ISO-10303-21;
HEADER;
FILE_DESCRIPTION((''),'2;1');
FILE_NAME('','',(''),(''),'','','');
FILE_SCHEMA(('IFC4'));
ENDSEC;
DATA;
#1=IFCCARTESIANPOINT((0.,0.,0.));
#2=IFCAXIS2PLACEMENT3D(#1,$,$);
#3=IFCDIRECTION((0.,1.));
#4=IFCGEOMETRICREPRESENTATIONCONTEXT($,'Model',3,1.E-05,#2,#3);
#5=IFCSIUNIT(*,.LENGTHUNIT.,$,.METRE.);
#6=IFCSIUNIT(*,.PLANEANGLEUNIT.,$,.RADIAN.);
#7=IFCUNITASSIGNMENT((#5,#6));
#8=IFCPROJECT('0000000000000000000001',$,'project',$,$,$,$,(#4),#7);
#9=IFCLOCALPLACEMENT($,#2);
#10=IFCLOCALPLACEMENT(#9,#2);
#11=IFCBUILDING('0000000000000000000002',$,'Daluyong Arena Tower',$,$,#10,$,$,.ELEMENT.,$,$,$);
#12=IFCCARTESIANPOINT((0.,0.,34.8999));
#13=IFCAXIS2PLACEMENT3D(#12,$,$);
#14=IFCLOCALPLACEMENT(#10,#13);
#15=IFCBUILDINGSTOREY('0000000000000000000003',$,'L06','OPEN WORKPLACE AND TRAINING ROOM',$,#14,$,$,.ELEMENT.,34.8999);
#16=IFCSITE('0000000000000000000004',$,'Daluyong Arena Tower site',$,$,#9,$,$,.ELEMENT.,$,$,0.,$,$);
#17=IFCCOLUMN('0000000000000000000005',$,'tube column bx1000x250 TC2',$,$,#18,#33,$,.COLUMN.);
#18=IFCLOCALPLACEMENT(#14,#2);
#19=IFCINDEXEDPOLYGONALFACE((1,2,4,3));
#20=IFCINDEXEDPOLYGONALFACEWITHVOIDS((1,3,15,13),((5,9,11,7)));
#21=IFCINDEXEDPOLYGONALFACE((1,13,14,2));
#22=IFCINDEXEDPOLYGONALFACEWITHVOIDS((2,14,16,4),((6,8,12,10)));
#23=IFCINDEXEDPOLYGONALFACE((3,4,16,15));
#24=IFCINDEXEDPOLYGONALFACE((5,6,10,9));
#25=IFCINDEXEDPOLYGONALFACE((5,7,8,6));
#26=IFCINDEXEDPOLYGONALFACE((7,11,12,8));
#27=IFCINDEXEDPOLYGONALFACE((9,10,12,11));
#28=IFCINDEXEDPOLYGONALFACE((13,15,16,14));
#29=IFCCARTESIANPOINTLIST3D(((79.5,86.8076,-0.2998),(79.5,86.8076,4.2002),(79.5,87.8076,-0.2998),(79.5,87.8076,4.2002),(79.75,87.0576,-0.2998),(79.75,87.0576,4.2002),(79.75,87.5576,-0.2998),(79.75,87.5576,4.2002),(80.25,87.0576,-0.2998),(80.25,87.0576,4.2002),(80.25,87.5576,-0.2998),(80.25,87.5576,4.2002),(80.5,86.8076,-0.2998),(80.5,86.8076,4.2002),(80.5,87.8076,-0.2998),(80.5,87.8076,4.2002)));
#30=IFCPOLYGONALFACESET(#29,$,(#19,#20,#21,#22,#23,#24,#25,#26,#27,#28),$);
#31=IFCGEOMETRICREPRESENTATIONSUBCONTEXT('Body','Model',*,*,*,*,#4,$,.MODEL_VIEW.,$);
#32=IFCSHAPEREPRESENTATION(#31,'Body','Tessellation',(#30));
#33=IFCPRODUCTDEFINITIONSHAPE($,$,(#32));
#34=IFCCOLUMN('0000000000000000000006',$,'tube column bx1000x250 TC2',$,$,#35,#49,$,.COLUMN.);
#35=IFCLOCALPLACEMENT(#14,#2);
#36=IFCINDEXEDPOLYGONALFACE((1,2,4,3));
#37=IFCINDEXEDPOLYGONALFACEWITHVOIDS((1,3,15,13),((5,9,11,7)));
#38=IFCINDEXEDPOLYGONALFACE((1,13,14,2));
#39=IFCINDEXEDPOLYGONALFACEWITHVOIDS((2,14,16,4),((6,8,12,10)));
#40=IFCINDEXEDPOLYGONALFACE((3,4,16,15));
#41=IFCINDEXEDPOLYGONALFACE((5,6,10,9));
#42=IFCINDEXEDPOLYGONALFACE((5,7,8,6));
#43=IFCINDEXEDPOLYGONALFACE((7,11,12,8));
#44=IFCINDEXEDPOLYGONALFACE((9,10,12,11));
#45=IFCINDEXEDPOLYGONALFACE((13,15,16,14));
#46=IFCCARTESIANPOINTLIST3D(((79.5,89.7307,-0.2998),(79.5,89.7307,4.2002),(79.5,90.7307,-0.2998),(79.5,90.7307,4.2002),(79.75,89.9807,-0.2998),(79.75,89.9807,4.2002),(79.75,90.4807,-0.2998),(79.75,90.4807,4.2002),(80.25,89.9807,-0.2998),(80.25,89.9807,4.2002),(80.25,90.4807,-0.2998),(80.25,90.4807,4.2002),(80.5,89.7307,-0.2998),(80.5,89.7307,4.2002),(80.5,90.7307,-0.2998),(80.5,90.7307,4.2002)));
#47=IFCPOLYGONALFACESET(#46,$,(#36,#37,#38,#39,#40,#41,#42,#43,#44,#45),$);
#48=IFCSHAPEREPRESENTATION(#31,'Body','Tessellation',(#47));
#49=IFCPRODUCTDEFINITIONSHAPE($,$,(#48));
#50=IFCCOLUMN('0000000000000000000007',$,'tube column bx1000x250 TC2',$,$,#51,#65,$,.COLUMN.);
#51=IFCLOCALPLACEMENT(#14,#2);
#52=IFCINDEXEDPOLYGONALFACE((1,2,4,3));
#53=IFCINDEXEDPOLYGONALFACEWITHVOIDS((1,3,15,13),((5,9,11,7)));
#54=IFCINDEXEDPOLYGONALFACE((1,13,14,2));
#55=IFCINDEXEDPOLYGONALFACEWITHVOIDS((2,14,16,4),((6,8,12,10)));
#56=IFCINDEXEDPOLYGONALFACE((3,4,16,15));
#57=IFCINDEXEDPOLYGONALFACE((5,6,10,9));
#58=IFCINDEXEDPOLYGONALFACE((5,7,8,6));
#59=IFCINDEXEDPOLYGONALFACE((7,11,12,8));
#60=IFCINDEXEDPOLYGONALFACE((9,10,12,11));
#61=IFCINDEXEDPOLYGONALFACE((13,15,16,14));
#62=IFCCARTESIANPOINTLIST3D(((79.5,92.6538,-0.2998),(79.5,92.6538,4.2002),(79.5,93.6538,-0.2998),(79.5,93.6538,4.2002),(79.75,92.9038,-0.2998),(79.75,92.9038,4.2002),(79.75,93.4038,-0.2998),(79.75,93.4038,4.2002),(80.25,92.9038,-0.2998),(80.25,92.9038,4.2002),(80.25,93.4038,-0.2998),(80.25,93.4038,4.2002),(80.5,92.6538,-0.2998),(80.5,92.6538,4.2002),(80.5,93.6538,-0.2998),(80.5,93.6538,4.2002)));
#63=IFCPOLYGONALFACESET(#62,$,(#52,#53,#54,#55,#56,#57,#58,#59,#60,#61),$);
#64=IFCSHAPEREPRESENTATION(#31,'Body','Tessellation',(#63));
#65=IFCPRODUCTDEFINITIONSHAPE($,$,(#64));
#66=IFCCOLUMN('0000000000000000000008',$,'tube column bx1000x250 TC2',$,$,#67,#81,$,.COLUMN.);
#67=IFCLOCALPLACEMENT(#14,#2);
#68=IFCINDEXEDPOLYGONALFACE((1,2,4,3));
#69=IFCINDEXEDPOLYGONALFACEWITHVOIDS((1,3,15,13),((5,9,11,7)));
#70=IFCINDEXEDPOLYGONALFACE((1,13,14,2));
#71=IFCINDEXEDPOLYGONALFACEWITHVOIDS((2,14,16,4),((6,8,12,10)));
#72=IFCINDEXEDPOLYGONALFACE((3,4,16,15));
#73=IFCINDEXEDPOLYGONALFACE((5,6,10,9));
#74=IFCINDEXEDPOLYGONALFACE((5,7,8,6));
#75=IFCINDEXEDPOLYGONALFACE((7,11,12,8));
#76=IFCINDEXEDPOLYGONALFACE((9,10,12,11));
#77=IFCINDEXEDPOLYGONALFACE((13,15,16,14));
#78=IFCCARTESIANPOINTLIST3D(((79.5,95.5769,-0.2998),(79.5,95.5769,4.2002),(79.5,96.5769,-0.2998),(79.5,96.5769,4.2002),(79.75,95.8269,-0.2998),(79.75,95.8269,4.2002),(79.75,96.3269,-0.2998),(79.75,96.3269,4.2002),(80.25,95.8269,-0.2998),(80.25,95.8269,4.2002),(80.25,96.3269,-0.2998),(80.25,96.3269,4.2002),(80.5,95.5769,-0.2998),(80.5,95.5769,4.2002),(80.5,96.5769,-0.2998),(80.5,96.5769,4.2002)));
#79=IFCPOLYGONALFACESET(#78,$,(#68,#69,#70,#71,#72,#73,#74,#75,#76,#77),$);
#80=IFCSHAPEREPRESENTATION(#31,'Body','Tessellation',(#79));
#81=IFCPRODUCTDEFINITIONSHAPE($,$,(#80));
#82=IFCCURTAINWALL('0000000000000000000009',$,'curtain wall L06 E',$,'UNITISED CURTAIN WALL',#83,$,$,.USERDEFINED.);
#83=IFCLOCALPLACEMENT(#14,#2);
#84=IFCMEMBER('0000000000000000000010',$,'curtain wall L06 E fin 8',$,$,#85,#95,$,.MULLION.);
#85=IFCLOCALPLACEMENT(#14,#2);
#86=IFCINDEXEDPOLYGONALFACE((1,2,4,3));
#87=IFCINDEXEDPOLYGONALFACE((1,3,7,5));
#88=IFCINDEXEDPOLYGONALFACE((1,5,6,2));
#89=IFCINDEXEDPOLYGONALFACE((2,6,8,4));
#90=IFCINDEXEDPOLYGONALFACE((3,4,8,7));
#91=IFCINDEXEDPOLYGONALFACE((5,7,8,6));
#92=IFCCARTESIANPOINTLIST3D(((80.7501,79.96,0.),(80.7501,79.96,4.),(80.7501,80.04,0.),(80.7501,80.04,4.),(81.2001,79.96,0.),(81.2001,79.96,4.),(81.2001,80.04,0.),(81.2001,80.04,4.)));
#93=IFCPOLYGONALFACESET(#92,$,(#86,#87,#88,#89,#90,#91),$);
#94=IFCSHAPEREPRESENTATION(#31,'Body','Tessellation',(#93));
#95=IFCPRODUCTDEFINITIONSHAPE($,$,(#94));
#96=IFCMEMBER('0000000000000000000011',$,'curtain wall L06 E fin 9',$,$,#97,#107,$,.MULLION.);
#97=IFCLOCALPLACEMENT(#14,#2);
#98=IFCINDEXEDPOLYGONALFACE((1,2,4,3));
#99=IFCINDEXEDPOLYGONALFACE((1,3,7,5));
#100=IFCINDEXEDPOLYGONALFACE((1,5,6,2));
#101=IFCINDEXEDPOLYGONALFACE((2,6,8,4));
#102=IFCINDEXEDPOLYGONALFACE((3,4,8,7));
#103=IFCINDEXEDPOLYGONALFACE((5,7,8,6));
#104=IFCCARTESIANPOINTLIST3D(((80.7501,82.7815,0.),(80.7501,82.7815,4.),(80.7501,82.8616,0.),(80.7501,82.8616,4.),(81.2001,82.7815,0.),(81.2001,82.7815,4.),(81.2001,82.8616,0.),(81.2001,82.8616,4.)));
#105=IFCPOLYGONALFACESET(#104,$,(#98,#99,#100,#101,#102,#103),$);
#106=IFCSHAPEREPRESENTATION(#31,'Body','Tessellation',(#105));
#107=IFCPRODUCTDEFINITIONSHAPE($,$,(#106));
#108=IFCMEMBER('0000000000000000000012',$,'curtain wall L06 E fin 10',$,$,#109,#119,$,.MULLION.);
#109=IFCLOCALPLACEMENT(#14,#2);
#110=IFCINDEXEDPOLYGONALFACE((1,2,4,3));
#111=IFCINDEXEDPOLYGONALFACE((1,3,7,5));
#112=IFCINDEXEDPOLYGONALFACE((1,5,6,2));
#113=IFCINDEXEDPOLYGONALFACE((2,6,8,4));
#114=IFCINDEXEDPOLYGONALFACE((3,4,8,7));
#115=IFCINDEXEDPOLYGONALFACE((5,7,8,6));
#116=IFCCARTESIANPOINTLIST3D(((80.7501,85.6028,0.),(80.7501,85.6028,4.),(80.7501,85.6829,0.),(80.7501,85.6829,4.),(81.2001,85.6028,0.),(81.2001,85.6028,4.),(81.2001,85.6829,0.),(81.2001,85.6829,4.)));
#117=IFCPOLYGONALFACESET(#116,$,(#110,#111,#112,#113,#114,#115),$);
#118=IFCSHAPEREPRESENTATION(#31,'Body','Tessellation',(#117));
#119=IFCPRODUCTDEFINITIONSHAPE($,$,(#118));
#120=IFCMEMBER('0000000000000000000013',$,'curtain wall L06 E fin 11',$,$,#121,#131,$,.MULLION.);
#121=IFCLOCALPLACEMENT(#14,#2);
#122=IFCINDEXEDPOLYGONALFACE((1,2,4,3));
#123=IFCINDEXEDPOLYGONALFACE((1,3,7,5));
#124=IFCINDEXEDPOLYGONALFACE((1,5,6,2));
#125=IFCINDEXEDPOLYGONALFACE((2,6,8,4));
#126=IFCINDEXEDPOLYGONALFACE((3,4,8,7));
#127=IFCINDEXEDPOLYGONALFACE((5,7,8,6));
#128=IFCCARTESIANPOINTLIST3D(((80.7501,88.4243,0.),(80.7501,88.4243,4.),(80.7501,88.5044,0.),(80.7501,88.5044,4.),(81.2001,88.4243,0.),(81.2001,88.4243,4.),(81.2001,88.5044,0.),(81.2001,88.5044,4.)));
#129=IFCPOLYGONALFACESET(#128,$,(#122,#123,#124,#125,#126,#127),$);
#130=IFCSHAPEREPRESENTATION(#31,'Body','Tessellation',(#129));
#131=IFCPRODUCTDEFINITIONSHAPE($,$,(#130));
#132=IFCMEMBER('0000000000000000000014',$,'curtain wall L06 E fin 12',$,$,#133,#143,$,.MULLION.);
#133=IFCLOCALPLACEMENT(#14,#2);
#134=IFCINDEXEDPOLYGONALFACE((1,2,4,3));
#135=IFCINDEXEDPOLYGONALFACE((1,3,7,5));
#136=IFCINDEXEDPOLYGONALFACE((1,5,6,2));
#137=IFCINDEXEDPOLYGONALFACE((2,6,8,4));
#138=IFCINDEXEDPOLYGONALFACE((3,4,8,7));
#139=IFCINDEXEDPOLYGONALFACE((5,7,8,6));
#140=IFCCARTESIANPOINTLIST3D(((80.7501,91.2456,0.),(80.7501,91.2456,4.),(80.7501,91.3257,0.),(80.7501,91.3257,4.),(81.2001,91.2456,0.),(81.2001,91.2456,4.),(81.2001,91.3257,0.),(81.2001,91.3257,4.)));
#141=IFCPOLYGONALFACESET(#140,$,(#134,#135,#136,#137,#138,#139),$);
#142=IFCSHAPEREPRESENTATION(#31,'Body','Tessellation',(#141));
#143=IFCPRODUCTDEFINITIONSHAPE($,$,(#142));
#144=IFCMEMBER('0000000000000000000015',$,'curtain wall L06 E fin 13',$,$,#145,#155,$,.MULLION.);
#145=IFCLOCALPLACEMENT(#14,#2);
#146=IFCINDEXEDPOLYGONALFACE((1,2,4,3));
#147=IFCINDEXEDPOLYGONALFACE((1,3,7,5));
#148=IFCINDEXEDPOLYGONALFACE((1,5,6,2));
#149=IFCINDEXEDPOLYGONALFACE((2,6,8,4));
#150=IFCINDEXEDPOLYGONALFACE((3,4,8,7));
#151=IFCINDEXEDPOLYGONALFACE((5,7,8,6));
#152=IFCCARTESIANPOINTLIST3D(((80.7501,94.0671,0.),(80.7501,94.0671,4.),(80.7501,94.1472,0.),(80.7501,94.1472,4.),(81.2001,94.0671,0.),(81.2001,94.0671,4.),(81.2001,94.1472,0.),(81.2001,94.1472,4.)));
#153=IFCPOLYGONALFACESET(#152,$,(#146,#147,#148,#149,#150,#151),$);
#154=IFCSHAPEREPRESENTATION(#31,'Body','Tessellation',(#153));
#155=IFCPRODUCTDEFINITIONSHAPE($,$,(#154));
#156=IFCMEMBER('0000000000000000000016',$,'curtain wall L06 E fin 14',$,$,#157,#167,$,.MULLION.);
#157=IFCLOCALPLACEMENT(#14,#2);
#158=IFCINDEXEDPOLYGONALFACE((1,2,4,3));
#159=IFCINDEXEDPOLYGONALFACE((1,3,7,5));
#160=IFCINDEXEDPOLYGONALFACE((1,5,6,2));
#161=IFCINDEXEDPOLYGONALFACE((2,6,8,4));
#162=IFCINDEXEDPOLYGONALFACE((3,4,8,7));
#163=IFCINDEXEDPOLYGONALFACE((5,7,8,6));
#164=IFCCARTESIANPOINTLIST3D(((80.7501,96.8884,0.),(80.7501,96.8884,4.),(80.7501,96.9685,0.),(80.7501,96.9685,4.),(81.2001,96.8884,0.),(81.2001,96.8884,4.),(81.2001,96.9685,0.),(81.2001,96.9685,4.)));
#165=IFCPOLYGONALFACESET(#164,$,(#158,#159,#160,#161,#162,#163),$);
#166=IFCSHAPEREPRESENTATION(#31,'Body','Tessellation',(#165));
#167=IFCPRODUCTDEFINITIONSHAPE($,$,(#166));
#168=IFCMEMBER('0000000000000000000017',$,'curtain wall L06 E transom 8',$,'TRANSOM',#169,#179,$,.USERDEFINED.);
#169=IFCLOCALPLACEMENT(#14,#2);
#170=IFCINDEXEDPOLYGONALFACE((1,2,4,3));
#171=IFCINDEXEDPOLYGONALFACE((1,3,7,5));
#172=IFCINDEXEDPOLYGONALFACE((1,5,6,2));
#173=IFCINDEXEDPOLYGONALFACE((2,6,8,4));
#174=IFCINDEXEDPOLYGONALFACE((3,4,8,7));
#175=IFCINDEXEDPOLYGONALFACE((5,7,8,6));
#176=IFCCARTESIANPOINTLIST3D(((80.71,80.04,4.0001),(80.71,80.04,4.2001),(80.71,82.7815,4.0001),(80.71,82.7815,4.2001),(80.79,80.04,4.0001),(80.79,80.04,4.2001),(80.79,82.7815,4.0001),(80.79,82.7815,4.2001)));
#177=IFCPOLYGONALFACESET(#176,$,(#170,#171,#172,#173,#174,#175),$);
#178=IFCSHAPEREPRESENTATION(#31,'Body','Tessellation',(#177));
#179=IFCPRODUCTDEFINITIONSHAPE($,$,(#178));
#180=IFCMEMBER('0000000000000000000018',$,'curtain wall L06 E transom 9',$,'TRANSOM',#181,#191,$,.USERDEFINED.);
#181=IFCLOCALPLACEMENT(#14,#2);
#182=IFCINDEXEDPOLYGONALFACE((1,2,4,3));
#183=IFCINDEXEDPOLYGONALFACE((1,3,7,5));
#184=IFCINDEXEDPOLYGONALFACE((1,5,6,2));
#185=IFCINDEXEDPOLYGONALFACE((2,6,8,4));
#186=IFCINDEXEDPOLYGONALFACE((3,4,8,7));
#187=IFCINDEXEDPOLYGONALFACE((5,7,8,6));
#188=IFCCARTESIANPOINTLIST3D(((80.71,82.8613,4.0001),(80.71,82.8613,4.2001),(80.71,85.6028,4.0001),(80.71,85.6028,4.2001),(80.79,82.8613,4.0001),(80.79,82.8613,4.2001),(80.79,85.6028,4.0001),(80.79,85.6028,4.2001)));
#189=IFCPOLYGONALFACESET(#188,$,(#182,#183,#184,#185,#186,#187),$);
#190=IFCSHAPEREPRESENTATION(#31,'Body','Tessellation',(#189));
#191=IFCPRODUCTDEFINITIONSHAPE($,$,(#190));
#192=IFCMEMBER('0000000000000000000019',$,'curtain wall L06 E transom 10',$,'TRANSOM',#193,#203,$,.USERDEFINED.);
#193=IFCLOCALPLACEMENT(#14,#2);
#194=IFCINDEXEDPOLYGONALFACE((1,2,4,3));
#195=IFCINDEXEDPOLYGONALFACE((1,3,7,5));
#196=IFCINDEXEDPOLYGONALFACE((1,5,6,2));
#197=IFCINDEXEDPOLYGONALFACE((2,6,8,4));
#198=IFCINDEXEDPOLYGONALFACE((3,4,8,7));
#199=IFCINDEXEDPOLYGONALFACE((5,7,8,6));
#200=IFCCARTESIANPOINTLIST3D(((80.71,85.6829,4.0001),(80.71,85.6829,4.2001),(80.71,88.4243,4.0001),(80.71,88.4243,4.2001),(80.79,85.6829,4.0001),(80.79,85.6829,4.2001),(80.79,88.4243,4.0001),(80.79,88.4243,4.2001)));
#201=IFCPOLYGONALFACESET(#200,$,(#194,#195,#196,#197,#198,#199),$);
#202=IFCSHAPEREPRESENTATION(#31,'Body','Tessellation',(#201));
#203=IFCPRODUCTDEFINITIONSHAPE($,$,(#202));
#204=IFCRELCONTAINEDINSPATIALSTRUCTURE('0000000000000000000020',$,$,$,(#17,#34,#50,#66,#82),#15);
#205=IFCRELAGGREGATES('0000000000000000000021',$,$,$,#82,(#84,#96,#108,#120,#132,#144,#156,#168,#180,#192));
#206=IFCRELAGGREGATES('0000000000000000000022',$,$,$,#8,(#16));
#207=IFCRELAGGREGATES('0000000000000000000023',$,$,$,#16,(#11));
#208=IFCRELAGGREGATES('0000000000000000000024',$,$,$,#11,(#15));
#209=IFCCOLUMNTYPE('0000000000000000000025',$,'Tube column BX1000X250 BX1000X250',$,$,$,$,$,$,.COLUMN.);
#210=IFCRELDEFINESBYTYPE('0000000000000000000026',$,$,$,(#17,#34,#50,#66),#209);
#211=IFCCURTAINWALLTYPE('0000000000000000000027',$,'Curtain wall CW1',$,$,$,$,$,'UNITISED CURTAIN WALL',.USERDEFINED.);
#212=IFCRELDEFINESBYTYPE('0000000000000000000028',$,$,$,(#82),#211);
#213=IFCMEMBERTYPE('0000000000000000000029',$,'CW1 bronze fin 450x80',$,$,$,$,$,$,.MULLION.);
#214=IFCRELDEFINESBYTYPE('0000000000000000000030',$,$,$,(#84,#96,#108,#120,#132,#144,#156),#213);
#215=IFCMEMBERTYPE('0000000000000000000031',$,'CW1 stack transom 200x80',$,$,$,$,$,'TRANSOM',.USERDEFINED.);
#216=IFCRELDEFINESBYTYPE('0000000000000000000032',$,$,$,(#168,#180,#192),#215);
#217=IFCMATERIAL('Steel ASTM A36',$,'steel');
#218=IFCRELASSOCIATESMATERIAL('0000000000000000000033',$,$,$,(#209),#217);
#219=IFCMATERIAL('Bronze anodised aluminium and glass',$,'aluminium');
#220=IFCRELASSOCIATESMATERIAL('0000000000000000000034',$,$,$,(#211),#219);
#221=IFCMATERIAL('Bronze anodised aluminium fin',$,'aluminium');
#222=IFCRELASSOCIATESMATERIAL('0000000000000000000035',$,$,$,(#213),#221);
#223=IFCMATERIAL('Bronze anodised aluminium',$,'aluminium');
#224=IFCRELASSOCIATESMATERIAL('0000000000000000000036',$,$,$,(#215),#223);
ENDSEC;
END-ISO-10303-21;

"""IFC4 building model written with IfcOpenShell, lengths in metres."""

from ifc_helpers import new_model, si_unit, direction, frame, origin, origin_2d, place, context, subcontext, project, spatial, rectangle, hollow_rectangle, extrude, material, material_profile, profile_set, type_object, element, aggregate, save


model = new_model("IFC4")

# Units and contexts
model_context = context("Model", 3, precision=1e-05, world=origin(), true_north=direction((0.0, 1.0)))
body_context = subcontext(model_context, "Body", "Model", "MODEL_VIEW")
ifc_project = project(units=[si_unit("LENGTHUNIT", "METRE"), si_unit("PLANEANGLEUNIT", "RADIAN")], contexts=[model_context])

# Site, building, storey
site_placement = place(None, origin())
site = spatial("IfcSite", under=ifc_project, at=site_placement, Name="Daluyong Arena Tower site", CompositionType="ELEMENT", RefElevation=0.0)
building_placement = place(site_placement, origin())
building = spatial("IfcBuilding", under=site, at=building_placement, Name="Daluyong Arena Tower", CompositionType="ELEMENT")
storey_placement = place(building_placement, frame((0.0, 0.0, 34.8999)))
storey = spatial("IfcBuildingStorey", under=building, at=storey_placement, Name="L06", Description="OPEN WORKPLACE AND TRAINING ROOM", CompositionType="ELEMENT", Elevation=34.8999)

# Columns
ifc_material_1 = material(Name="Steel ASTM A36", Category="steel")
ifc_material_profile_1 = material_profile(ifc_material_1, hollow_rectangle(XDim=1.0, YDim=1.0, WallThickness=0.25, at=origin_2d()))
ifc_profile_set_1 = profile_set([ifc_material_profile_1], Name="Steel ASTM A36")
column_type = type_object("IfcColumnType", Name="Tube column BX1000X250 BX1000X250", PredefinedType="COLUMN", material=ifc_profile_set_1)
for number, where, z_axis, x_axis, name in (
    (1, (80.0, 87.3076, -0.2998), (0.0, 0.0, 1.0), (0.0, 1.0, 0.0), "tube column bx1000x250 TC2"),
    (2, (80.0, 90.2307, -0.2998), (0.0, 0.0, 1.0), (0.0, 1.0, 0.0), "tube column bx1000x250 TC2"),
    (3, (80.0, 93.1538, -0.2998), (0.0, 0.0, 1.0), (0.0, 1.0, 0.0), "tube column bx1000x250 TC2"),
    (4, (80.0, 96.0769, -0.2998), (0.0, 0.0, 1.0), (0.0, 1.0, 0.0), "tube column bx1000x250 TC2"),
):
    element("IfcColumn", number, at=place(storey_placement, frame(where, z_axis=z_axis, x_axis=x_axis)), inside=storey, type_object=column_type, Name=name, PredefinedType="COLUMN", context=body_context, shape_type="SweptSolid", body=[
        extrude(hollow_rectangle(XDim=1.0, YDim=1.0, WallThickness=0.25, at=origin_2d()), origin(), (0.0, 0.0, 1.0), 4.5),
    ])

# Curtain wall, members
ifc_material_2 = material(Name="Bronze anodised aluminium and glass", Category="aluminium")
curtain_wall_type = type_object("IfcCurtainWallType", Name="Curtain wall CW1", ElementType="UNITISED CURTAIN WALL", PredefinedType="USERDEFINED", material=ifc_material_2)
curtain_wall_placement = place(storey_placement, origin())
curtain_wall = element("IfcCurtainWall", 5, at=curtain_wall_placement, inside=storey, type_object=curtain_wall_type, Name="curtain wall L06 E", ObjectType="UNITISED CURTAIN WALL", PredefinedType="USERDEFINED")
ifc_material_3 = material(Name="Bronze anodised aluminium fin", Category="aluminium")
ifc_material_profile_2 = material_profile(ifc_material_3, rectangle(XDim=0.45, YDim=0.0801, at=origin_2d()))
ifc_profile_set_2 = profile_set([ifc_material_profile_2], Name="Bronze anodised aluminium fin")
member_type_1 = type_object("IfcMemberType", Name="CW1 bronze fin 450x80", PredefinedType="MULLION", material=ifc_profile_set_2)
member_1_placement = place(storey_placement, frame((80.9751, 80.0, 0.0), z_axis=(0.0, 0.0, 1.0), x_axis=(-1.0, 0.0, 0.0)))
member_1 = element("IfcMember", 6, at=member_1_placement, type_object=member_type_1, Name="curtain wall L06 E fin 8", PredefinedType="MULLION", context=body_context, shape_type="SweptSolid", body=[
    extrude(rectangle(XDim=0.45, YDim=0.0801, at=origin_2d()), origin(), (0.0, 0.0, 1.0), 4.0),
])
member_2_placement = place(storey_placement, frame((80.9751, 82.8215, 0.0), z_axis=(0.0, 0.0, 1.0), x_axis=(-1.0, 0.0, 0.0)))
member_2 = element("IfcMember", 7, at=member_2_placement, type_object=member_type_1, Name="curtain wall L06 E fin 9", PredefinedType="MULLION", context=body_context, shape_type="SweptSolid", body=[
    extrude(rectangle(XDim=0.45, YDim=0.0801, at=origin_2d()), origin(), (0.0, 0.0, 1.0), 4.0),
])
member_3_placement = place(storey_placement, frame((80.9751, 85.6428, 0.0), z_axis=(0.0, 0.0, 1.0), x_axis=(-1.0, 0.0, 0.0)))
member_3 = element("IfcMember", 8, at=member_3_placement, type_object=member_type_1, Name="curtain wall L06 E fin 10", PredefinedType="MULLION", context=body_context, shape_type="SweptSolid", body=[
    extrude(rectangle(XDim=0.45, YDim=0.0801, at=origin_2d()), origin(), (0.0, 0.0, 1.0), 4.0),
])
member_4_placement = place(storey_placement, frame((80.9751, 88.4644, 0.0), z_axis=(0.0, 0.0, 1.0), x_axis=(-1.0, 0.0, 0.0)))
member_4 = element("IfcMember", 9, at=member_4_placement, type_object=member_type_1, Name="curtain wall L06 E fin 11", PredefinedType="MULLION", context=body_context, shape_type="SweptSolid", body=[
    extrude(rectangle(XDim=0.45, YDim=0.0801, at=origin_2d()), origin(), (0.0, 0.0, 1.0), 4.0),
])
member_5_placement = place(storey_placement, frame((80.9751, 91.2856, 0.0), z_axis=(0.0, 0.0, 1.0), x_axis=(-1.0, 0.0, 0.0)))
member_5 = element("IfcMember", 10, at=member_5_placement, type_object=member_type_1, Name="curtain wall L06 E fin 12", PredefinedType="MULLION", context=body_context, shape_type="SweptSolid", body=[
    extrude(rectangle(XDim=0.45, YDim=0.0801, at=origin_2d()), origin(), (0.0, 0.0, 1.0), 4.0),
])
member_6_placement = place(storey_placement, frame((80.9751, 94.1072, 0.0), z_axis=(0.0, 0.0, 1.0), x_axis=(-1.0, 0.0, 0.0)))
member_6 = element("IfcMember", 11, at=member_6_placement, type_object=member_type_1, Name="curtain wall L06 E fin 13", PredefinedType="MULLION", context=body_context, shape_type="SweptSolid", body=[
    extrude(rectangle(XDim=0.45, YDim=0.0801, at=origin_2d()), origin(), (0.0, 0.0, 1.0), 4.0),
])
member_7_placement = place(storey_placement, frame((80.9751, 96.9285, 0.0), z_axis=(0.0, 0.0, 1.0), x_axis=(-1.0, 0.0, 0.0)))
member_7 = element("IfcMember", 12, at=member_7_placement, type_object=member_type_1, Name="curtain wall L06 E fin 14", PredefinedType="MULLION", context=body_context, shape_type="SweptSolid", body=[
    extrude(rectangle(XDim=0.45, YDim=0.0801, at=origin_2d()), origin(), (0.0, 0.0, 1.0), 4.0),
])
ifc_material_4 = material(Name="Bronze anodised aluminium", Category="aluminium")
ifc_material_profile_3 = material_profile(ifc_material_4, rectangle(XDim=0.0801, YDim=0.2, at=origin_2d()))
ifc_profile_set_3 = profile_set([ifc_material_profile_3], Name="Bronze anodised aluminium")
member_type_2 = type_object("IfcMemberType", Name="CW1 stack transom 200x80", ElementType="TRANSOM", PredefinedType="USERDEFINED", material=ifc_profile_set_3)
member_8_placement = place(storey_placement, frame((80.75, 80.04, 4.1001), z_axis=(0.0, 1.0, 0.0), x_axis=(-1.0, 0.0, 0.0)))
member_8 = element("IfcMember", 13, at=member_8_placement, type_object=member_type_2, Name="curtain wall L06 E transom 8", ObjectType="TRANSOM", PredefinedType="USERDEFINED", context=body_context, shape_type="SweptSolid", body=[
    extrude(rectangle(XDim=0.0801, YDim=0.2, at=origin_2d()), origin(), (0.0, 0.0, 1.0), 2.7415),
])
member_9_placement = place(storey_placement, frame((80.75, 82.8613, 4.1001), z_axis=(0.0, 1.0, 0.0), x_axis=(-1.0, 0.0, 0.0)))
member_9 = element("IfcMember", 14, at=member_9_placement, type_object=member_type_2, Name="curtain wall L06 E transom 9", ObjectType="TRANSOM", PredefinedType="USERDEFINED", context=body_context, shape_type="SweptSolid", body=[
    extrude(rectangle(XDim=0.0801, YDim=0.2, at=origin_2d()), origin(), (0.0, 0.0, 1.0), 2.7415),
])
member_10_placement = place(storey_placement, frame((80.75, 85.6829, 4.1001), z_axis=(0.0, 1.0, 0.0), x_axis=(-1.0, 0.0, 0.0)))
member_10 = element("IfcMember", 15, at=member_10_placement, type_object=member_type_2, Name="curtain wall L06 E transom 10", ObjectType="TRANSOM", PredefinedType="USERDEFINED", context=body_context, shape_type="SweptSolid", body=[
    extrude(rectangle(XDim=0.0801, YDim=0.2, at=origin_2d()), origin(), (0.0, 0.0, 1.0), 2.7415),
])

aggregate(curtain_wall, [member_1, member_2, member_3, member_4, member_5, member_6, member_7, member_8, member_9, member_10])

save(model, "model.ifc")
